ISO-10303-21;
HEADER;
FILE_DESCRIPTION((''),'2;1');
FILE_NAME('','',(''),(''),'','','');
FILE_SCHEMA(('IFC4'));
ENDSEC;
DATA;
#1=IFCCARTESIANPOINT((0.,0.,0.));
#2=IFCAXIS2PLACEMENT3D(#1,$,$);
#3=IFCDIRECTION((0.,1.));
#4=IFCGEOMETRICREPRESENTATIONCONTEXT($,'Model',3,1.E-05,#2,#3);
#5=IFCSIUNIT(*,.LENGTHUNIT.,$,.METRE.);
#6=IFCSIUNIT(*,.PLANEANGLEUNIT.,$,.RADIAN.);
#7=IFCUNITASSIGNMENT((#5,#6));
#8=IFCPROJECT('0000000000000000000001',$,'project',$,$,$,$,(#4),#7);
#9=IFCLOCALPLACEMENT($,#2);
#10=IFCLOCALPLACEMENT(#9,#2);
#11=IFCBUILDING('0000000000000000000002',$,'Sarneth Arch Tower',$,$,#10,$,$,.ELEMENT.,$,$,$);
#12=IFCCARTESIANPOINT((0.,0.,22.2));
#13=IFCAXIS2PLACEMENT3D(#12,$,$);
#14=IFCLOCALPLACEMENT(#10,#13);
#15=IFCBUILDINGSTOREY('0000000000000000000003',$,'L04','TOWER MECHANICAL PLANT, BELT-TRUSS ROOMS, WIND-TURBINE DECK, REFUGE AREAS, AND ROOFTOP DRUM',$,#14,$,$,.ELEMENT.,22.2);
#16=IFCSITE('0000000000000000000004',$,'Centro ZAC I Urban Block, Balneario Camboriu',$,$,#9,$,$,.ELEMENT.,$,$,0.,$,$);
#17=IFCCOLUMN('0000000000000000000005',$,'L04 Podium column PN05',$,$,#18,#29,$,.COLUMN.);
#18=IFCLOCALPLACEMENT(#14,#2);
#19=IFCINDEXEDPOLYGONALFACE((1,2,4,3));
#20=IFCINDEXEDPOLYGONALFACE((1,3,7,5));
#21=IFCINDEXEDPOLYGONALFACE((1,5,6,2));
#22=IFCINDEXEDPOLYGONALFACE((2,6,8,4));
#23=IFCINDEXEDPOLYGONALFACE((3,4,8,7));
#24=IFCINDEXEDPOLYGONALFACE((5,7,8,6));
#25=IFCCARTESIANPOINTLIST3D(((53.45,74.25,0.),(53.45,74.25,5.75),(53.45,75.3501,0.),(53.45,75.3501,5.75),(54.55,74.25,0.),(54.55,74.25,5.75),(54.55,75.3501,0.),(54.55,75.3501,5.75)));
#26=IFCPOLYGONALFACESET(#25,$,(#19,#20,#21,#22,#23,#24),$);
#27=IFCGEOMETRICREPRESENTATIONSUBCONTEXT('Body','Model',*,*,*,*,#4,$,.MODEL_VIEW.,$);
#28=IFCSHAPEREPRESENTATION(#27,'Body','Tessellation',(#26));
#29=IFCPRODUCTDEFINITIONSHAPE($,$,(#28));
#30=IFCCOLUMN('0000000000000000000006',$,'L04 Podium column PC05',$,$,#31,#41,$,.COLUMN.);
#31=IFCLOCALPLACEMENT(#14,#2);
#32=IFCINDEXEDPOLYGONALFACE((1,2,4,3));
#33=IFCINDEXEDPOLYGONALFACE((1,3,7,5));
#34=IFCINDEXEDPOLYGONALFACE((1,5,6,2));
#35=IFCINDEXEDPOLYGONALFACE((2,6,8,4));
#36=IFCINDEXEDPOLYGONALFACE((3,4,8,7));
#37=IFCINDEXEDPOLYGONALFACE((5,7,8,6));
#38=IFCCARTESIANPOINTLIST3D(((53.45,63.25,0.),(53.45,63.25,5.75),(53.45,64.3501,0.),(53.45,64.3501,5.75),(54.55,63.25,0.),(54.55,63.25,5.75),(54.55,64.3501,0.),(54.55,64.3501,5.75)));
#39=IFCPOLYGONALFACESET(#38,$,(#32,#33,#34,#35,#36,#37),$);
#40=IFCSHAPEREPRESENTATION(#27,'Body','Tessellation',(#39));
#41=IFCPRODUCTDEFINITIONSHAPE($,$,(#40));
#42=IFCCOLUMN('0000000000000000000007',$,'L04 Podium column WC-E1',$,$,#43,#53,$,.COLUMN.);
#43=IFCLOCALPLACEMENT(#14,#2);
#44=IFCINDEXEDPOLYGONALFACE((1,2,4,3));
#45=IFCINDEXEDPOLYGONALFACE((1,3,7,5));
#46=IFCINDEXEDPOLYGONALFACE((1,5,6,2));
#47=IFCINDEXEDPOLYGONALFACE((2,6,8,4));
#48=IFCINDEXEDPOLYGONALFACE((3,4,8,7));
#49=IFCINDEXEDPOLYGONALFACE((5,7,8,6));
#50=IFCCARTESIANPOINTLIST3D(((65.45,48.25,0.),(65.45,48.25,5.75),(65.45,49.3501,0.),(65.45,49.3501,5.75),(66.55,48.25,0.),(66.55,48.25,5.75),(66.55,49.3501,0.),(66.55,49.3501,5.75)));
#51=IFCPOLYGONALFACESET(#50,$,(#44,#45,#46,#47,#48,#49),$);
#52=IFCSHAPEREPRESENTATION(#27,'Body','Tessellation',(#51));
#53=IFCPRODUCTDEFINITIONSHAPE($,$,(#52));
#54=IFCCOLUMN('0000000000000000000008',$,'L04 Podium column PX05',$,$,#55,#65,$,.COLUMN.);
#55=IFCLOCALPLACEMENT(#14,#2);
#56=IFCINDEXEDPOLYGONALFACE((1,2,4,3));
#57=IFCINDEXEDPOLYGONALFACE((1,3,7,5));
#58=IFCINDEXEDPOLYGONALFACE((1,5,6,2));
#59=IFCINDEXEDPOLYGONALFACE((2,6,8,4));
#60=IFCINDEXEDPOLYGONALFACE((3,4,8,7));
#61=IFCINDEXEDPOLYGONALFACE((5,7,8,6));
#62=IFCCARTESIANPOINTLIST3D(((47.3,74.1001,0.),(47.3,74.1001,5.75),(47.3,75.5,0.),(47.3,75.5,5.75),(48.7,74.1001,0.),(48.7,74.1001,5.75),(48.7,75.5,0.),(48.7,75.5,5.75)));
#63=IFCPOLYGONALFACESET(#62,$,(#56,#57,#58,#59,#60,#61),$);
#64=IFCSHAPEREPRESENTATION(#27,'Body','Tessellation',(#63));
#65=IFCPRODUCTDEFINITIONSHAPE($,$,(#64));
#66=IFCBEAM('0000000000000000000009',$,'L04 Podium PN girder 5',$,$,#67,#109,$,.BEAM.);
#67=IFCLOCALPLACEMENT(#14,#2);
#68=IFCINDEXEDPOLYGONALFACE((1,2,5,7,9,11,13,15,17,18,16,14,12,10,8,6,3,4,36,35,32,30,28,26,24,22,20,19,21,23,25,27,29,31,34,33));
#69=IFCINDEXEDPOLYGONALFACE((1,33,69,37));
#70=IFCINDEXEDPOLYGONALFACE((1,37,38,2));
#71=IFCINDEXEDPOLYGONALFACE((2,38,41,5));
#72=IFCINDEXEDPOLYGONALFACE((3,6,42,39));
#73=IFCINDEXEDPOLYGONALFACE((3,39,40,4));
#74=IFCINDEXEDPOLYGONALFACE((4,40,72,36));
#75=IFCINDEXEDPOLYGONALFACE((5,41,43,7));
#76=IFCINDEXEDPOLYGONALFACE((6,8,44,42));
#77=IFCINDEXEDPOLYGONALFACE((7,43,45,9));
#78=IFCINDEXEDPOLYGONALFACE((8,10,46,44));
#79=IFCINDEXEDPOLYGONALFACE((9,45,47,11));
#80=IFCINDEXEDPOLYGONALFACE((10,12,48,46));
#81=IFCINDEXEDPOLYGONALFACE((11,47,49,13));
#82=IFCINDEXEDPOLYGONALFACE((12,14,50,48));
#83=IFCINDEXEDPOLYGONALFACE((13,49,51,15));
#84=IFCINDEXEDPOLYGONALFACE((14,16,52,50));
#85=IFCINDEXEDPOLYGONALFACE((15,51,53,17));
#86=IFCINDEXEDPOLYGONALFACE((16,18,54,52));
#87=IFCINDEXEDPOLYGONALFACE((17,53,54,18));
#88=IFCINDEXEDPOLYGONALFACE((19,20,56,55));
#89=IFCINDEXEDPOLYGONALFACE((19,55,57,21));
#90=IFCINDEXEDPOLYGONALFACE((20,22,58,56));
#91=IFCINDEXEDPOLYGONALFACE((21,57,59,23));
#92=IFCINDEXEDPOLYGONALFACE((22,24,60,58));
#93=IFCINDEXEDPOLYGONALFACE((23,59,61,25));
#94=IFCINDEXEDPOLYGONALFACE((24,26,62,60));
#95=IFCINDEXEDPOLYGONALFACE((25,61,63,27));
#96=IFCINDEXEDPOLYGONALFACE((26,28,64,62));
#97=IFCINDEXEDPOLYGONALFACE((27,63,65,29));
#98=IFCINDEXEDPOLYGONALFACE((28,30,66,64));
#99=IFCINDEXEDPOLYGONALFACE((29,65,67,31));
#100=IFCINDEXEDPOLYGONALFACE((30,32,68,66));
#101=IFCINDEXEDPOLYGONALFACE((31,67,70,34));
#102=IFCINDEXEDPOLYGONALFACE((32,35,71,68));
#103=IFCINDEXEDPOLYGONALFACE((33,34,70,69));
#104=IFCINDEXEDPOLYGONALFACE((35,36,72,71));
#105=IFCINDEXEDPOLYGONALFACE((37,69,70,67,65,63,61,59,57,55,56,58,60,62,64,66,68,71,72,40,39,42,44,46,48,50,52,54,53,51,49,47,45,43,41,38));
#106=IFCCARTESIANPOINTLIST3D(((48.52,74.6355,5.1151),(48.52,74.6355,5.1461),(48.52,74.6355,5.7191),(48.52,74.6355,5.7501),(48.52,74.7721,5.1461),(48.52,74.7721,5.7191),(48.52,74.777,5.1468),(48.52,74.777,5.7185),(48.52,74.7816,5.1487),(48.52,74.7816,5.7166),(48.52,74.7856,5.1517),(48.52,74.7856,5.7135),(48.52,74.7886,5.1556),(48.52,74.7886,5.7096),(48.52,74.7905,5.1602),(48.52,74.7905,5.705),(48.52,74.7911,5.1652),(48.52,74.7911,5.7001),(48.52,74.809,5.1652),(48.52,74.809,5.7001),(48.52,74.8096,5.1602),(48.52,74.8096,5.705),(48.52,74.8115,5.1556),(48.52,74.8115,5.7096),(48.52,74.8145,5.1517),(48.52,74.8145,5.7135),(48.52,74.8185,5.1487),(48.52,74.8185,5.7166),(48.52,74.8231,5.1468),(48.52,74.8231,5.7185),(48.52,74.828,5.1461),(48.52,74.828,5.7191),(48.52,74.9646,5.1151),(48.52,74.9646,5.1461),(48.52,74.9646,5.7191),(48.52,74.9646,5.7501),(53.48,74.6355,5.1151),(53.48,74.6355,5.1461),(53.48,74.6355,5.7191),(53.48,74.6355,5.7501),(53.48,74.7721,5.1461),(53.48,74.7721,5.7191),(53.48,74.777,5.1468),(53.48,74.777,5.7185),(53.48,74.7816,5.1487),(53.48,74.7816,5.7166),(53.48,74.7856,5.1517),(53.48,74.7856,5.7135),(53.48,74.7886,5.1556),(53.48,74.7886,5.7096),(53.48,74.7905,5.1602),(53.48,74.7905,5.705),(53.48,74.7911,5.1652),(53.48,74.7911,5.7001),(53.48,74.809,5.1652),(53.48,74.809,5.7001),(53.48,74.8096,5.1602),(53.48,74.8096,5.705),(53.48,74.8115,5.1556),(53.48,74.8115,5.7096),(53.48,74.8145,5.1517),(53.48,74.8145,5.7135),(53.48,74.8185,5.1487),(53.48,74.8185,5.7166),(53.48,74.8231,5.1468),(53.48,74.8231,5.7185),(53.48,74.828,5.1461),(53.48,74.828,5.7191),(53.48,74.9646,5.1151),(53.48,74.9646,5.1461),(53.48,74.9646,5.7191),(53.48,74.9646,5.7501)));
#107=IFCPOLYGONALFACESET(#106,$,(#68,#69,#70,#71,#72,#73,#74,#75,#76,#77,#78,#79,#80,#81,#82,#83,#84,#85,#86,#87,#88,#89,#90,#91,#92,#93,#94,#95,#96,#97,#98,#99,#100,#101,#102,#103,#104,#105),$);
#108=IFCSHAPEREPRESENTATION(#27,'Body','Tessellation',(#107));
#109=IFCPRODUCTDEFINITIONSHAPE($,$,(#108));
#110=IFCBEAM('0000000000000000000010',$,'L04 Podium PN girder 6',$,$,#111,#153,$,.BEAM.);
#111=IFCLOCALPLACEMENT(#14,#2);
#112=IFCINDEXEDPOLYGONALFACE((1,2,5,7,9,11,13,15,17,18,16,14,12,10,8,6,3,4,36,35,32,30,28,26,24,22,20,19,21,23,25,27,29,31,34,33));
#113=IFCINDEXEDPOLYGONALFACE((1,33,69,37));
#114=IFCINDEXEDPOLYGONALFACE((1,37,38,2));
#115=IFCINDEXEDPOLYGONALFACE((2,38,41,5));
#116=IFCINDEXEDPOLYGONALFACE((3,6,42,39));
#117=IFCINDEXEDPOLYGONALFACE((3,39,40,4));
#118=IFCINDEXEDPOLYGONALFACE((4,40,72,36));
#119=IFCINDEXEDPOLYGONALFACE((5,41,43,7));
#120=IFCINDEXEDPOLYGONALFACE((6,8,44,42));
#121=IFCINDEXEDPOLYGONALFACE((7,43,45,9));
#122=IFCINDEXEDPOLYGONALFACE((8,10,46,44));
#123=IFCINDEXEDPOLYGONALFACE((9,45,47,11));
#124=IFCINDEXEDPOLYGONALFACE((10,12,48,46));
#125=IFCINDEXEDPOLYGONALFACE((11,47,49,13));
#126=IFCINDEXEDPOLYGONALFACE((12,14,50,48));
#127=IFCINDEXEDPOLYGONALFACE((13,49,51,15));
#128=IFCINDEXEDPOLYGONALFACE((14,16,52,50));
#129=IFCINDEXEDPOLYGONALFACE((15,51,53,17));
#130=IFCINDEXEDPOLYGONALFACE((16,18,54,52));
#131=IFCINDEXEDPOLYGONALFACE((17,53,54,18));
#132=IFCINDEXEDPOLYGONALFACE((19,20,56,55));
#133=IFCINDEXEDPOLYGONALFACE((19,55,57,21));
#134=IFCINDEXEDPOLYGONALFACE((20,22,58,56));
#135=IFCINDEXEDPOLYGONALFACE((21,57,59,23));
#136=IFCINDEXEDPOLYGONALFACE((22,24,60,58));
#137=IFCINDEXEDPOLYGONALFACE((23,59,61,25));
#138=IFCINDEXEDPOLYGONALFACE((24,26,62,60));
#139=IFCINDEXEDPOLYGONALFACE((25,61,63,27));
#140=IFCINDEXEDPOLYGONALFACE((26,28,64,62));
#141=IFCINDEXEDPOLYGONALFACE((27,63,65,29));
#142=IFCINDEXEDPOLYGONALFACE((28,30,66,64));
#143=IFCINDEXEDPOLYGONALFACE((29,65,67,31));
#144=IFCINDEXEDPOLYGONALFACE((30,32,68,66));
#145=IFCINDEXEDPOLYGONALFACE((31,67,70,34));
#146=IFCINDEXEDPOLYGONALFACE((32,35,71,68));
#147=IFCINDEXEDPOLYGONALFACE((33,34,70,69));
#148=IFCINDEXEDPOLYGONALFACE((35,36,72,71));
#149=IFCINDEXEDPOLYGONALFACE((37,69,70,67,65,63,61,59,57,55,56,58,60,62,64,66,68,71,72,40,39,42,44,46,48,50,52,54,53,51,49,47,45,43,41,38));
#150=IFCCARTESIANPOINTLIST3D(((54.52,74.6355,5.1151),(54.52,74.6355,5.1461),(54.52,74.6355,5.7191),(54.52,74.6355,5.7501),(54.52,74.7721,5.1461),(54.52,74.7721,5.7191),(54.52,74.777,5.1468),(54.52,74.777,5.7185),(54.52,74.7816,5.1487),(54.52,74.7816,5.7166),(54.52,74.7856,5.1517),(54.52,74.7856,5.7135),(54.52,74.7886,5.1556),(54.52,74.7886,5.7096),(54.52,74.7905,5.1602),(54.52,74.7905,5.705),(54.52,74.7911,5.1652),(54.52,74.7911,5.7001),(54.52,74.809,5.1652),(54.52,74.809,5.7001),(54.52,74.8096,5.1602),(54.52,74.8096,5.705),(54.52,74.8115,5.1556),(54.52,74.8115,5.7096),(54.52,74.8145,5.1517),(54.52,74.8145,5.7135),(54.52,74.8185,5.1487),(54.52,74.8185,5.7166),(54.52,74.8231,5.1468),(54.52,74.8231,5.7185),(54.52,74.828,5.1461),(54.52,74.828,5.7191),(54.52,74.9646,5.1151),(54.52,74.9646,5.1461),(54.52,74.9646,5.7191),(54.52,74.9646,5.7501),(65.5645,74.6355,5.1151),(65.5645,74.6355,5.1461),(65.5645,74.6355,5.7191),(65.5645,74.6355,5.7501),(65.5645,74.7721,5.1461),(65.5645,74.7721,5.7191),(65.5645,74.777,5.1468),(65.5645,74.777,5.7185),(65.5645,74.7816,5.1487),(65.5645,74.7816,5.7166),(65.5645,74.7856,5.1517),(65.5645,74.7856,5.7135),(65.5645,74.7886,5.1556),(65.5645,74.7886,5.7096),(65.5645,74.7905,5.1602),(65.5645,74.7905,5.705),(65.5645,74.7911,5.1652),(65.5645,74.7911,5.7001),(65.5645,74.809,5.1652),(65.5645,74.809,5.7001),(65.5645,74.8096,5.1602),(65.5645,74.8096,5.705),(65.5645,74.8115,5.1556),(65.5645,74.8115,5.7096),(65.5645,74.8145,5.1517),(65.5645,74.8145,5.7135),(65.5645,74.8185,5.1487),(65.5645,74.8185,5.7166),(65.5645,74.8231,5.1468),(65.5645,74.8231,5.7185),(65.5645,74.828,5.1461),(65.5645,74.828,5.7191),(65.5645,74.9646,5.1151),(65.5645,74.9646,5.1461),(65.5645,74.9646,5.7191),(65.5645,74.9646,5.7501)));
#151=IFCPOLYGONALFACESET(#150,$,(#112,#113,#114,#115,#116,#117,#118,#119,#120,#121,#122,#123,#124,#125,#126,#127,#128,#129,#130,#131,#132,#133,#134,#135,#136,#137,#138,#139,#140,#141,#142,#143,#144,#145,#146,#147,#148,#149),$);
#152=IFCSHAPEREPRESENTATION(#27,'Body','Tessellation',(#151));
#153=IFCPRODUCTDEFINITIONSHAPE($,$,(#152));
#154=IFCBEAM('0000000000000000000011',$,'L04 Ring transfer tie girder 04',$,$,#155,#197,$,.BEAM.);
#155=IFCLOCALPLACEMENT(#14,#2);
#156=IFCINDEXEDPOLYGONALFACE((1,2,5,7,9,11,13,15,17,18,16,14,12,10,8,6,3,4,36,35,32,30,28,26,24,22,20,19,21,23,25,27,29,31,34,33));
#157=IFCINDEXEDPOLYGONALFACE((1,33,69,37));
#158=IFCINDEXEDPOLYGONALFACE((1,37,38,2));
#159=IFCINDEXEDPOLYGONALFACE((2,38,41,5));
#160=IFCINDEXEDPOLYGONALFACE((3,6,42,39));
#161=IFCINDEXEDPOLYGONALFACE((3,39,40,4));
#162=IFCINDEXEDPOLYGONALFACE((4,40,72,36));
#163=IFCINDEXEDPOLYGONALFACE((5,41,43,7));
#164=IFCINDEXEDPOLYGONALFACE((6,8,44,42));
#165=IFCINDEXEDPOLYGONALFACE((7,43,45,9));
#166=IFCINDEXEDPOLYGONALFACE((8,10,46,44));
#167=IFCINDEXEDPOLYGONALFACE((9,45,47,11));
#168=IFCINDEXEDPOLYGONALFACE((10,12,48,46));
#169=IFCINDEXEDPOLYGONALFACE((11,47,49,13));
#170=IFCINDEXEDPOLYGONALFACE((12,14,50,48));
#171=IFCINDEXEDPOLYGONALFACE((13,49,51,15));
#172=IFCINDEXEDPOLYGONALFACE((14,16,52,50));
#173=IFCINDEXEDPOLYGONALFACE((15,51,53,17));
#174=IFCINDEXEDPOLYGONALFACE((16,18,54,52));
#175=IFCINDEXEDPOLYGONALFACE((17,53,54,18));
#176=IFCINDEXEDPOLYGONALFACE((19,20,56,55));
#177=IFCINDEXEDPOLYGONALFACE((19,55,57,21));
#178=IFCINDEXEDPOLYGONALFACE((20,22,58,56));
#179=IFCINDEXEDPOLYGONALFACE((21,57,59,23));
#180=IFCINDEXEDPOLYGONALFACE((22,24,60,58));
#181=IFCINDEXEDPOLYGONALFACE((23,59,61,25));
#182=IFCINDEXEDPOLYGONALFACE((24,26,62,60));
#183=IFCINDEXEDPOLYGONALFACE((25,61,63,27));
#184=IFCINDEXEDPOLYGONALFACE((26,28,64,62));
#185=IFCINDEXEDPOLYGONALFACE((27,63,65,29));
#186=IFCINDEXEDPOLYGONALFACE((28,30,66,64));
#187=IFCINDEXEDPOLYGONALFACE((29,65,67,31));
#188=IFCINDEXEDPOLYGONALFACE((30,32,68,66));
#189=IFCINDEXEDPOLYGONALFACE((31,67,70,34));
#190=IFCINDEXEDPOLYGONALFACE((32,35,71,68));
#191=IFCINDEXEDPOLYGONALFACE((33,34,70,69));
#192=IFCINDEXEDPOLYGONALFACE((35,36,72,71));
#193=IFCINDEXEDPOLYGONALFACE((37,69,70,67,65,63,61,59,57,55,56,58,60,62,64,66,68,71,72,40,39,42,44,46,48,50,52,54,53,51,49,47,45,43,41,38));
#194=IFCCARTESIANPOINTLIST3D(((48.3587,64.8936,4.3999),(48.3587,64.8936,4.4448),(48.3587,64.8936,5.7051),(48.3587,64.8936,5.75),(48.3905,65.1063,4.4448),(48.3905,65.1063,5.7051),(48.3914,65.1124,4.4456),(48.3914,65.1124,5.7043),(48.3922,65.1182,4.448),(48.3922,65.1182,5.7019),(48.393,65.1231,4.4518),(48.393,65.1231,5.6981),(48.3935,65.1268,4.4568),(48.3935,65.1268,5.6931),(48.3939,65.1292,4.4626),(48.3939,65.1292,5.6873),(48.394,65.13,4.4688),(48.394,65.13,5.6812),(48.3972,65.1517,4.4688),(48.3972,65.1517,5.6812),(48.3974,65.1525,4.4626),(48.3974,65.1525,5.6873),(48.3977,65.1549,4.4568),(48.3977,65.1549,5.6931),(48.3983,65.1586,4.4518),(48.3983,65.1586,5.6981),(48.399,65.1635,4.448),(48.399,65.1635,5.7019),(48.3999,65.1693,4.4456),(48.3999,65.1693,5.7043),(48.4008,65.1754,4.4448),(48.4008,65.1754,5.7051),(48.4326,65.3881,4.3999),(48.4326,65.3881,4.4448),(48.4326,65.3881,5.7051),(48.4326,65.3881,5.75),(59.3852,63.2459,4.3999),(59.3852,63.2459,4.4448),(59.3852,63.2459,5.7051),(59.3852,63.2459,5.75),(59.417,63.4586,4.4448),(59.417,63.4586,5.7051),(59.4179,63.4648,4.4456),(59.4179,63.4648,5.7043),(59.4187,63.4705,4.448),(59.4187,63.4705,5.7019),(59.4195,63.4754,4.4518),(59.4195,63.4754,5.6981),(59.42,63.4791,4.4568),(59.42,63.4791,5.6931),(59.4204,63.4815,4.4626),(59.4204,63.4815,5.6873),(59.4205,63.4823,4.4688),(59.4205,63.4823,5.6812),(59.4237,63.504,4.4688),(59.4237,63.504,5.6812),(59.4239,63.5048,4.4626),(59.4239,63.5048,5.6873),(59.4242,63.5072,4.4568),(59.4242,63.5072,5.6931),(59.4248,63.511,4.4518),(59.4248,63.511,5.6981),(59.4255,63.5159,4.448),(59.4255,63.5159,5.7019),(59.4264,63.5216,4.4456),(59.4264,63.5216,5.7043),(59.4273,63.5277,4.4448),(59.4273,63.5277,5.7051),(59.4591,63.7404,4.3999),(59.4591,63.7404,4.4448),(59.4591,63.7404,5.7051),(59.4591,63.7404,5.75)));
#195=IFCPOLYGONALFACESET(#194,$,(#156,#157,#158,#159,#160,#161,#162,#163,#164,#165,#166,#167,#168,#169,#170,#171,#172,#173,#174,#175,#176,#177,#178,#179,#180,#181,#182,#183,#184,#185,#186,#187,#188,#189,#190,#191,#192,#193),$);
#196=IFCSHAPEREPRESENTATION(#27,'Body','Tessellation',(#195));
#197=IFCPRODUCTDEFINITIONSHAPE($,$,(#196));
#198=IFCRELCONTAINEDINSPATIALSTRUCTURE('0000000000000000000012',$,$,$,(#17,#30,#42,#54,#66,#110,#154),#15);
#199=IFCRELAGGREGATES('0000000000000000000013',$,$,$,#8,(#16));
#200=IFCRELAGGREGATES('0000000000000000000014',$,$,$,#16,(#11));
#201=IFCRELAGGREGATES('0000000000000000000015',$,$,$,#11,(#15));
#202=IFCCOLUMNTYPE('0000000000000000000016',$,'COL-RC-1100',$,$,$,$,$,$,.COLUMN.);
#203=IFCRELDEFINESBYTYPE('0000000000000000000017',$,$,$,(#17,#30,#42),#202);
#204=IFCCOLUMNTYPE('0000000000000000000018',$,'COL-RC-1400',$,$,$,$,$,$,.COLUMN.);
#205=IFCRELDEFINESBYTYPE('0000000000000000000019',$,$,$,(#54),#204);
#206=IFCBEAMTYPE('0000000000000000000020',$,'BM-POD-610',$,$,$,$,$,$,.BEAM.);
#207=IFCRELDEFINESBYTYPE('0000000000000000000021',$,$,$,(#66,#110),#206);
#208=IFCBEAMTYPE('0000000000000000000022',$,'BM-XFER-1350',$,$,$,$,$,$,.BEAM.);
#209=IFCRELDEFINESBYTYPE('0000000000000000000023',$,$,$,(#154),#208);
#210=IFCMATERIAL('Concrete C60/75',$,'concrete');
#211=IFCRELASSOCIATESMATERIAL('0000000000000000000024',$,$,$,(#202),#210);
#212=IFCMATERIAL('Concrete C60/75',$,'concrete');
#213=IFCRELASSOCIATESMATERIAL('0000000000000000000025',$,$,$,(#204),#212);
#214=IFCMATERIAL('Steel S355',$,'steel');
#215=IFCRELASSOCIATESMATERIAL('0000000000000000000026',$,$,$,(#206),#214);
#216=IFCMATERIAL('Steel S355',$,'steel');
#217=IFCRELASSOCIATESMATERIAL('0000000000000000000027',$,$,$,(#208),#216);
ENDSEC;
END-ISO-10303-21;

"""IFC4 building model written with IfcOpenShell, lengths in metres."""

from ifc_helpers import new_model, si_unit, direction, frame, origin, origin_2d, place, context, subcontext, project, spatial, rectangle, i_section, extrude, material, material_profile, profile_set, type_object, element, save


model = new_model("IFC4")

# Units and contexts
model_context = context("Model", 3, precision=1e-05, world=origin(), true_north=direction((0.0, 1.0)))
body_context = subcontext(model_context, "Body", "Model", "MODEL_VIEW")
ifc_project = project(units=[si_unit("LENGTHUNIT", "METRE"), si_unit("PLANEANGLEUNIT", "RADIAN")], contexts=[model_context])

# Site, building, storey
site_placement = place(None, origin())
site = spatial("IfcSite", under=ifc_project, at=site_placement, Name="Centro ZAC I Urban Block, Balneario Camboriu", CompositionType="ELEMENT", RefElevation=0.0)
building_placement = place(site_placement, origin())
building = spatial("IfcBuilding", under=site, at=building_placement, Name="Sarneth Arch Tower", CompositionType="ELEMENT")
storey_placement = place(building_placement, frame((0.0, 0.0, 22.2)))
storey = spatial("IfcBuildingStorey", under=building, at=storey_placement, Name="L04", Description="TOWER MECHANICAL PLANT, BELT-TRUSS ROOMS, WIND-TURBINE DECK, REFUGE AREAS, AND ROOFTOP DRUM", CompositionType="ELEMENT", Elevation=22.2)

# Columns
ifc_material_1 = material(Name="Concrete C60/75", Category="concrete")
ifc_material_profile_1 = material_profile(ifc_material_1, rectangle(XDim=1.1001, YDim=1.1001, at=origin_2d()), Name="RC-1100x1100")
ifc_profile_set_1 = profile_set([ifc_material_profile_1], Name="Concrete C60/75")
column_type_1 = type_object("IfcColumnType", Name="COL-RC-1100", PredefinedType="COLUMN", material=ifc_profile_set_1)
for number, where, z_axis, x_axis, name in (
    (1, (54.0, 74.8, 0.0), (0.0, 0.0, 1.0), (1.0, 0.0, 0.0), "L04 Podium column PN05"),
    (2, (54.0, 63.8, 0.0), (0.0, 0.0, 1.0), (1.0, 0.0, 0.0), "L04 Podium column PC05"),
    (3, (66.0, 48.8, 0.0), (0.0, 0.0, 1.0), (1.0, 0.0, 0.0), "L04 Podium column WC-E1"),
):
    element("IfcColumn", number, at=place(storey_placement, frame(where, z_axis=z_axis, x_axis=x_axis)), inside=storey, type_object=column_type_1, Name=name, PredefinedType="COLUMN", context=body_context, shape_type="SweptSolid", body=[
        extrude(rectangle(XDim=1.1001, YDim=1.1001, at=origin_2d()), origin(), (0.0, 0.0, 1.0), 5.75),
    ])
ifc_material_2 = material(Name="Concrete C60/75", Category="concrete")
ifc_material_profile_2 = material_profile(ifc_material_2, rectangle(XDim=1.3999, YDim=1.3999, at=origin_2d()), Name="RC-1400x1400")
ifc_profile_set_2 = profile_set([ifc_material_profile_2], Name="Concrete C60/75")
column_type_2 = type_object("IfcColumnType", Name="COL-RC-1400", PredefinedType="COLUMN", material=ifc_profile_set_2)
column_placement = place(storey_placement, frame((48.0, 74.8, 0.0), z_axis=(0.0, 0.0, 1.0), x_axis=(1.0, 0.0, 0.0)))
element("IfcColumn", 4, at=column_placement, inside=storey, type_object=column_type_2, Name="L04 Podium column PX05", PredefinedType="COLUMN", context=body_context, shape_type="SweptSolid", body=[
    extrude(rectangle(XDim=1.3999, YDim=1.3999, at=origin_2d()), origin(), (0.0, 0.0, 1.0), 5.75),
])

# Beams
ifc_material_3 = material(Name="Steel S355", Category="steel")
ifc_material_profile_3 = material_profile(ifc_material_3, i_section(OverallWidth=0.3291, OverallDepth=0.635, WebThickness=0.0178, FlangeThickness=0.031, FilletRadius=0.019, at=origin_2d()), Name="W610x241")
ifc_profile_set_3 = profile_set([ifc_material_profile_3], Name="Steel S355")
beam_type_1 = type_object("IfcBeamType", Name="BM-POD-610", PredefinedType="BEAM", material=ifc_profile_set_3)
beam_1_placement = place(storey_placement, frame((48.52, 74.8, 5.4326), z_axis=(1.0, 0.0, 0.0), x_axis=(0.0, 1.0, 0.0)))
element("IfcBeam", 5, at=beam_1_placement, inside=storey, type_object=beam_type_1, Name="L04 Podium PN girder 5", PredefinedType="BEAM", context=body_context, shape_type="SweptSolid", body=[
    extrude(i_section(OverallWidth=0.3291, OverallDepth=0.635, WebThickness=0.0178, FlangeThickness=0.031, FilletRadius=0.019, at=origin_2d()), origin(), (0.0, 0.0, 1.0), 4.96),
])
beam_2_placement = place(storey_placement, frame((54.52, 74.8, 5.4326), z_axis=(1.0, 0.0, 0.0), x_axis=(0.0, 1.0, 0.0)))
element("IfcBeam", 6, at=beam_2_placement, inside=storey, type_object=beam_type_1, Name="L04 Podium PN girder 6", PredefinedType="BEAM", context=body_context, shape_type="SweptSolid", body=[
    extrude(i_section(OverallWidth=0.3291, OverallDepth=0.635, WebThickness=0.0178, FlangeThickness=0.031, FilletRadius=0.019, at=origin_2d()), origin(), (0.0, 0.0, 1.0), 11.0444),
])
ifc_material_4 = material(Name="Steel S355", Category="steel")
ifc_material_profile_4 = material_profile(ifc_material_4, i_section(OverallWidth=0.5, OverallDepth=1.3501, WebThickness=0.022, FlangeThickness=0.0449, FilletRadius=0.0239, at=origin_2d()), Name="CVS1350x595")
ifc_profile_set_4 = profile_set([ifc_material_profile_4], Name="Steel S355")
beam_type_2 = type_object("IfcBeamType", Name="BM-XFER-1350", PredefinedType="BEAM", material=ifc_profile_set_4)
for number, where, z_axis, x_axis, name in (
    (7, (59.4221, 63.4932, 5.075), (-0.989019, 0.147789, 0.0), (-0.147789, -0.989019, 0.0), "L04 Ring transfer tie girder 04"),
):
    element("IfcBeam", number, at=place(storey_placement, frame(where, z_axis=z_axis, x_axis=x_axis)), inside=storey, type_object=beam_type_2, Name=name, PredefinedType="BEAM", context=body_context, shape_type="SweptSolid", body=[
        extrude(i_section(OverallWidth=0.5, OverallDepth=1.3501, WebThickness=0.022, FlangeThickness=0.0449, FilletRadius=0.0239, at=origin_2d()), origin(), (0.0, 0.0, 1.0), 11.1489),
    ])

save(model, "model.ifc")
